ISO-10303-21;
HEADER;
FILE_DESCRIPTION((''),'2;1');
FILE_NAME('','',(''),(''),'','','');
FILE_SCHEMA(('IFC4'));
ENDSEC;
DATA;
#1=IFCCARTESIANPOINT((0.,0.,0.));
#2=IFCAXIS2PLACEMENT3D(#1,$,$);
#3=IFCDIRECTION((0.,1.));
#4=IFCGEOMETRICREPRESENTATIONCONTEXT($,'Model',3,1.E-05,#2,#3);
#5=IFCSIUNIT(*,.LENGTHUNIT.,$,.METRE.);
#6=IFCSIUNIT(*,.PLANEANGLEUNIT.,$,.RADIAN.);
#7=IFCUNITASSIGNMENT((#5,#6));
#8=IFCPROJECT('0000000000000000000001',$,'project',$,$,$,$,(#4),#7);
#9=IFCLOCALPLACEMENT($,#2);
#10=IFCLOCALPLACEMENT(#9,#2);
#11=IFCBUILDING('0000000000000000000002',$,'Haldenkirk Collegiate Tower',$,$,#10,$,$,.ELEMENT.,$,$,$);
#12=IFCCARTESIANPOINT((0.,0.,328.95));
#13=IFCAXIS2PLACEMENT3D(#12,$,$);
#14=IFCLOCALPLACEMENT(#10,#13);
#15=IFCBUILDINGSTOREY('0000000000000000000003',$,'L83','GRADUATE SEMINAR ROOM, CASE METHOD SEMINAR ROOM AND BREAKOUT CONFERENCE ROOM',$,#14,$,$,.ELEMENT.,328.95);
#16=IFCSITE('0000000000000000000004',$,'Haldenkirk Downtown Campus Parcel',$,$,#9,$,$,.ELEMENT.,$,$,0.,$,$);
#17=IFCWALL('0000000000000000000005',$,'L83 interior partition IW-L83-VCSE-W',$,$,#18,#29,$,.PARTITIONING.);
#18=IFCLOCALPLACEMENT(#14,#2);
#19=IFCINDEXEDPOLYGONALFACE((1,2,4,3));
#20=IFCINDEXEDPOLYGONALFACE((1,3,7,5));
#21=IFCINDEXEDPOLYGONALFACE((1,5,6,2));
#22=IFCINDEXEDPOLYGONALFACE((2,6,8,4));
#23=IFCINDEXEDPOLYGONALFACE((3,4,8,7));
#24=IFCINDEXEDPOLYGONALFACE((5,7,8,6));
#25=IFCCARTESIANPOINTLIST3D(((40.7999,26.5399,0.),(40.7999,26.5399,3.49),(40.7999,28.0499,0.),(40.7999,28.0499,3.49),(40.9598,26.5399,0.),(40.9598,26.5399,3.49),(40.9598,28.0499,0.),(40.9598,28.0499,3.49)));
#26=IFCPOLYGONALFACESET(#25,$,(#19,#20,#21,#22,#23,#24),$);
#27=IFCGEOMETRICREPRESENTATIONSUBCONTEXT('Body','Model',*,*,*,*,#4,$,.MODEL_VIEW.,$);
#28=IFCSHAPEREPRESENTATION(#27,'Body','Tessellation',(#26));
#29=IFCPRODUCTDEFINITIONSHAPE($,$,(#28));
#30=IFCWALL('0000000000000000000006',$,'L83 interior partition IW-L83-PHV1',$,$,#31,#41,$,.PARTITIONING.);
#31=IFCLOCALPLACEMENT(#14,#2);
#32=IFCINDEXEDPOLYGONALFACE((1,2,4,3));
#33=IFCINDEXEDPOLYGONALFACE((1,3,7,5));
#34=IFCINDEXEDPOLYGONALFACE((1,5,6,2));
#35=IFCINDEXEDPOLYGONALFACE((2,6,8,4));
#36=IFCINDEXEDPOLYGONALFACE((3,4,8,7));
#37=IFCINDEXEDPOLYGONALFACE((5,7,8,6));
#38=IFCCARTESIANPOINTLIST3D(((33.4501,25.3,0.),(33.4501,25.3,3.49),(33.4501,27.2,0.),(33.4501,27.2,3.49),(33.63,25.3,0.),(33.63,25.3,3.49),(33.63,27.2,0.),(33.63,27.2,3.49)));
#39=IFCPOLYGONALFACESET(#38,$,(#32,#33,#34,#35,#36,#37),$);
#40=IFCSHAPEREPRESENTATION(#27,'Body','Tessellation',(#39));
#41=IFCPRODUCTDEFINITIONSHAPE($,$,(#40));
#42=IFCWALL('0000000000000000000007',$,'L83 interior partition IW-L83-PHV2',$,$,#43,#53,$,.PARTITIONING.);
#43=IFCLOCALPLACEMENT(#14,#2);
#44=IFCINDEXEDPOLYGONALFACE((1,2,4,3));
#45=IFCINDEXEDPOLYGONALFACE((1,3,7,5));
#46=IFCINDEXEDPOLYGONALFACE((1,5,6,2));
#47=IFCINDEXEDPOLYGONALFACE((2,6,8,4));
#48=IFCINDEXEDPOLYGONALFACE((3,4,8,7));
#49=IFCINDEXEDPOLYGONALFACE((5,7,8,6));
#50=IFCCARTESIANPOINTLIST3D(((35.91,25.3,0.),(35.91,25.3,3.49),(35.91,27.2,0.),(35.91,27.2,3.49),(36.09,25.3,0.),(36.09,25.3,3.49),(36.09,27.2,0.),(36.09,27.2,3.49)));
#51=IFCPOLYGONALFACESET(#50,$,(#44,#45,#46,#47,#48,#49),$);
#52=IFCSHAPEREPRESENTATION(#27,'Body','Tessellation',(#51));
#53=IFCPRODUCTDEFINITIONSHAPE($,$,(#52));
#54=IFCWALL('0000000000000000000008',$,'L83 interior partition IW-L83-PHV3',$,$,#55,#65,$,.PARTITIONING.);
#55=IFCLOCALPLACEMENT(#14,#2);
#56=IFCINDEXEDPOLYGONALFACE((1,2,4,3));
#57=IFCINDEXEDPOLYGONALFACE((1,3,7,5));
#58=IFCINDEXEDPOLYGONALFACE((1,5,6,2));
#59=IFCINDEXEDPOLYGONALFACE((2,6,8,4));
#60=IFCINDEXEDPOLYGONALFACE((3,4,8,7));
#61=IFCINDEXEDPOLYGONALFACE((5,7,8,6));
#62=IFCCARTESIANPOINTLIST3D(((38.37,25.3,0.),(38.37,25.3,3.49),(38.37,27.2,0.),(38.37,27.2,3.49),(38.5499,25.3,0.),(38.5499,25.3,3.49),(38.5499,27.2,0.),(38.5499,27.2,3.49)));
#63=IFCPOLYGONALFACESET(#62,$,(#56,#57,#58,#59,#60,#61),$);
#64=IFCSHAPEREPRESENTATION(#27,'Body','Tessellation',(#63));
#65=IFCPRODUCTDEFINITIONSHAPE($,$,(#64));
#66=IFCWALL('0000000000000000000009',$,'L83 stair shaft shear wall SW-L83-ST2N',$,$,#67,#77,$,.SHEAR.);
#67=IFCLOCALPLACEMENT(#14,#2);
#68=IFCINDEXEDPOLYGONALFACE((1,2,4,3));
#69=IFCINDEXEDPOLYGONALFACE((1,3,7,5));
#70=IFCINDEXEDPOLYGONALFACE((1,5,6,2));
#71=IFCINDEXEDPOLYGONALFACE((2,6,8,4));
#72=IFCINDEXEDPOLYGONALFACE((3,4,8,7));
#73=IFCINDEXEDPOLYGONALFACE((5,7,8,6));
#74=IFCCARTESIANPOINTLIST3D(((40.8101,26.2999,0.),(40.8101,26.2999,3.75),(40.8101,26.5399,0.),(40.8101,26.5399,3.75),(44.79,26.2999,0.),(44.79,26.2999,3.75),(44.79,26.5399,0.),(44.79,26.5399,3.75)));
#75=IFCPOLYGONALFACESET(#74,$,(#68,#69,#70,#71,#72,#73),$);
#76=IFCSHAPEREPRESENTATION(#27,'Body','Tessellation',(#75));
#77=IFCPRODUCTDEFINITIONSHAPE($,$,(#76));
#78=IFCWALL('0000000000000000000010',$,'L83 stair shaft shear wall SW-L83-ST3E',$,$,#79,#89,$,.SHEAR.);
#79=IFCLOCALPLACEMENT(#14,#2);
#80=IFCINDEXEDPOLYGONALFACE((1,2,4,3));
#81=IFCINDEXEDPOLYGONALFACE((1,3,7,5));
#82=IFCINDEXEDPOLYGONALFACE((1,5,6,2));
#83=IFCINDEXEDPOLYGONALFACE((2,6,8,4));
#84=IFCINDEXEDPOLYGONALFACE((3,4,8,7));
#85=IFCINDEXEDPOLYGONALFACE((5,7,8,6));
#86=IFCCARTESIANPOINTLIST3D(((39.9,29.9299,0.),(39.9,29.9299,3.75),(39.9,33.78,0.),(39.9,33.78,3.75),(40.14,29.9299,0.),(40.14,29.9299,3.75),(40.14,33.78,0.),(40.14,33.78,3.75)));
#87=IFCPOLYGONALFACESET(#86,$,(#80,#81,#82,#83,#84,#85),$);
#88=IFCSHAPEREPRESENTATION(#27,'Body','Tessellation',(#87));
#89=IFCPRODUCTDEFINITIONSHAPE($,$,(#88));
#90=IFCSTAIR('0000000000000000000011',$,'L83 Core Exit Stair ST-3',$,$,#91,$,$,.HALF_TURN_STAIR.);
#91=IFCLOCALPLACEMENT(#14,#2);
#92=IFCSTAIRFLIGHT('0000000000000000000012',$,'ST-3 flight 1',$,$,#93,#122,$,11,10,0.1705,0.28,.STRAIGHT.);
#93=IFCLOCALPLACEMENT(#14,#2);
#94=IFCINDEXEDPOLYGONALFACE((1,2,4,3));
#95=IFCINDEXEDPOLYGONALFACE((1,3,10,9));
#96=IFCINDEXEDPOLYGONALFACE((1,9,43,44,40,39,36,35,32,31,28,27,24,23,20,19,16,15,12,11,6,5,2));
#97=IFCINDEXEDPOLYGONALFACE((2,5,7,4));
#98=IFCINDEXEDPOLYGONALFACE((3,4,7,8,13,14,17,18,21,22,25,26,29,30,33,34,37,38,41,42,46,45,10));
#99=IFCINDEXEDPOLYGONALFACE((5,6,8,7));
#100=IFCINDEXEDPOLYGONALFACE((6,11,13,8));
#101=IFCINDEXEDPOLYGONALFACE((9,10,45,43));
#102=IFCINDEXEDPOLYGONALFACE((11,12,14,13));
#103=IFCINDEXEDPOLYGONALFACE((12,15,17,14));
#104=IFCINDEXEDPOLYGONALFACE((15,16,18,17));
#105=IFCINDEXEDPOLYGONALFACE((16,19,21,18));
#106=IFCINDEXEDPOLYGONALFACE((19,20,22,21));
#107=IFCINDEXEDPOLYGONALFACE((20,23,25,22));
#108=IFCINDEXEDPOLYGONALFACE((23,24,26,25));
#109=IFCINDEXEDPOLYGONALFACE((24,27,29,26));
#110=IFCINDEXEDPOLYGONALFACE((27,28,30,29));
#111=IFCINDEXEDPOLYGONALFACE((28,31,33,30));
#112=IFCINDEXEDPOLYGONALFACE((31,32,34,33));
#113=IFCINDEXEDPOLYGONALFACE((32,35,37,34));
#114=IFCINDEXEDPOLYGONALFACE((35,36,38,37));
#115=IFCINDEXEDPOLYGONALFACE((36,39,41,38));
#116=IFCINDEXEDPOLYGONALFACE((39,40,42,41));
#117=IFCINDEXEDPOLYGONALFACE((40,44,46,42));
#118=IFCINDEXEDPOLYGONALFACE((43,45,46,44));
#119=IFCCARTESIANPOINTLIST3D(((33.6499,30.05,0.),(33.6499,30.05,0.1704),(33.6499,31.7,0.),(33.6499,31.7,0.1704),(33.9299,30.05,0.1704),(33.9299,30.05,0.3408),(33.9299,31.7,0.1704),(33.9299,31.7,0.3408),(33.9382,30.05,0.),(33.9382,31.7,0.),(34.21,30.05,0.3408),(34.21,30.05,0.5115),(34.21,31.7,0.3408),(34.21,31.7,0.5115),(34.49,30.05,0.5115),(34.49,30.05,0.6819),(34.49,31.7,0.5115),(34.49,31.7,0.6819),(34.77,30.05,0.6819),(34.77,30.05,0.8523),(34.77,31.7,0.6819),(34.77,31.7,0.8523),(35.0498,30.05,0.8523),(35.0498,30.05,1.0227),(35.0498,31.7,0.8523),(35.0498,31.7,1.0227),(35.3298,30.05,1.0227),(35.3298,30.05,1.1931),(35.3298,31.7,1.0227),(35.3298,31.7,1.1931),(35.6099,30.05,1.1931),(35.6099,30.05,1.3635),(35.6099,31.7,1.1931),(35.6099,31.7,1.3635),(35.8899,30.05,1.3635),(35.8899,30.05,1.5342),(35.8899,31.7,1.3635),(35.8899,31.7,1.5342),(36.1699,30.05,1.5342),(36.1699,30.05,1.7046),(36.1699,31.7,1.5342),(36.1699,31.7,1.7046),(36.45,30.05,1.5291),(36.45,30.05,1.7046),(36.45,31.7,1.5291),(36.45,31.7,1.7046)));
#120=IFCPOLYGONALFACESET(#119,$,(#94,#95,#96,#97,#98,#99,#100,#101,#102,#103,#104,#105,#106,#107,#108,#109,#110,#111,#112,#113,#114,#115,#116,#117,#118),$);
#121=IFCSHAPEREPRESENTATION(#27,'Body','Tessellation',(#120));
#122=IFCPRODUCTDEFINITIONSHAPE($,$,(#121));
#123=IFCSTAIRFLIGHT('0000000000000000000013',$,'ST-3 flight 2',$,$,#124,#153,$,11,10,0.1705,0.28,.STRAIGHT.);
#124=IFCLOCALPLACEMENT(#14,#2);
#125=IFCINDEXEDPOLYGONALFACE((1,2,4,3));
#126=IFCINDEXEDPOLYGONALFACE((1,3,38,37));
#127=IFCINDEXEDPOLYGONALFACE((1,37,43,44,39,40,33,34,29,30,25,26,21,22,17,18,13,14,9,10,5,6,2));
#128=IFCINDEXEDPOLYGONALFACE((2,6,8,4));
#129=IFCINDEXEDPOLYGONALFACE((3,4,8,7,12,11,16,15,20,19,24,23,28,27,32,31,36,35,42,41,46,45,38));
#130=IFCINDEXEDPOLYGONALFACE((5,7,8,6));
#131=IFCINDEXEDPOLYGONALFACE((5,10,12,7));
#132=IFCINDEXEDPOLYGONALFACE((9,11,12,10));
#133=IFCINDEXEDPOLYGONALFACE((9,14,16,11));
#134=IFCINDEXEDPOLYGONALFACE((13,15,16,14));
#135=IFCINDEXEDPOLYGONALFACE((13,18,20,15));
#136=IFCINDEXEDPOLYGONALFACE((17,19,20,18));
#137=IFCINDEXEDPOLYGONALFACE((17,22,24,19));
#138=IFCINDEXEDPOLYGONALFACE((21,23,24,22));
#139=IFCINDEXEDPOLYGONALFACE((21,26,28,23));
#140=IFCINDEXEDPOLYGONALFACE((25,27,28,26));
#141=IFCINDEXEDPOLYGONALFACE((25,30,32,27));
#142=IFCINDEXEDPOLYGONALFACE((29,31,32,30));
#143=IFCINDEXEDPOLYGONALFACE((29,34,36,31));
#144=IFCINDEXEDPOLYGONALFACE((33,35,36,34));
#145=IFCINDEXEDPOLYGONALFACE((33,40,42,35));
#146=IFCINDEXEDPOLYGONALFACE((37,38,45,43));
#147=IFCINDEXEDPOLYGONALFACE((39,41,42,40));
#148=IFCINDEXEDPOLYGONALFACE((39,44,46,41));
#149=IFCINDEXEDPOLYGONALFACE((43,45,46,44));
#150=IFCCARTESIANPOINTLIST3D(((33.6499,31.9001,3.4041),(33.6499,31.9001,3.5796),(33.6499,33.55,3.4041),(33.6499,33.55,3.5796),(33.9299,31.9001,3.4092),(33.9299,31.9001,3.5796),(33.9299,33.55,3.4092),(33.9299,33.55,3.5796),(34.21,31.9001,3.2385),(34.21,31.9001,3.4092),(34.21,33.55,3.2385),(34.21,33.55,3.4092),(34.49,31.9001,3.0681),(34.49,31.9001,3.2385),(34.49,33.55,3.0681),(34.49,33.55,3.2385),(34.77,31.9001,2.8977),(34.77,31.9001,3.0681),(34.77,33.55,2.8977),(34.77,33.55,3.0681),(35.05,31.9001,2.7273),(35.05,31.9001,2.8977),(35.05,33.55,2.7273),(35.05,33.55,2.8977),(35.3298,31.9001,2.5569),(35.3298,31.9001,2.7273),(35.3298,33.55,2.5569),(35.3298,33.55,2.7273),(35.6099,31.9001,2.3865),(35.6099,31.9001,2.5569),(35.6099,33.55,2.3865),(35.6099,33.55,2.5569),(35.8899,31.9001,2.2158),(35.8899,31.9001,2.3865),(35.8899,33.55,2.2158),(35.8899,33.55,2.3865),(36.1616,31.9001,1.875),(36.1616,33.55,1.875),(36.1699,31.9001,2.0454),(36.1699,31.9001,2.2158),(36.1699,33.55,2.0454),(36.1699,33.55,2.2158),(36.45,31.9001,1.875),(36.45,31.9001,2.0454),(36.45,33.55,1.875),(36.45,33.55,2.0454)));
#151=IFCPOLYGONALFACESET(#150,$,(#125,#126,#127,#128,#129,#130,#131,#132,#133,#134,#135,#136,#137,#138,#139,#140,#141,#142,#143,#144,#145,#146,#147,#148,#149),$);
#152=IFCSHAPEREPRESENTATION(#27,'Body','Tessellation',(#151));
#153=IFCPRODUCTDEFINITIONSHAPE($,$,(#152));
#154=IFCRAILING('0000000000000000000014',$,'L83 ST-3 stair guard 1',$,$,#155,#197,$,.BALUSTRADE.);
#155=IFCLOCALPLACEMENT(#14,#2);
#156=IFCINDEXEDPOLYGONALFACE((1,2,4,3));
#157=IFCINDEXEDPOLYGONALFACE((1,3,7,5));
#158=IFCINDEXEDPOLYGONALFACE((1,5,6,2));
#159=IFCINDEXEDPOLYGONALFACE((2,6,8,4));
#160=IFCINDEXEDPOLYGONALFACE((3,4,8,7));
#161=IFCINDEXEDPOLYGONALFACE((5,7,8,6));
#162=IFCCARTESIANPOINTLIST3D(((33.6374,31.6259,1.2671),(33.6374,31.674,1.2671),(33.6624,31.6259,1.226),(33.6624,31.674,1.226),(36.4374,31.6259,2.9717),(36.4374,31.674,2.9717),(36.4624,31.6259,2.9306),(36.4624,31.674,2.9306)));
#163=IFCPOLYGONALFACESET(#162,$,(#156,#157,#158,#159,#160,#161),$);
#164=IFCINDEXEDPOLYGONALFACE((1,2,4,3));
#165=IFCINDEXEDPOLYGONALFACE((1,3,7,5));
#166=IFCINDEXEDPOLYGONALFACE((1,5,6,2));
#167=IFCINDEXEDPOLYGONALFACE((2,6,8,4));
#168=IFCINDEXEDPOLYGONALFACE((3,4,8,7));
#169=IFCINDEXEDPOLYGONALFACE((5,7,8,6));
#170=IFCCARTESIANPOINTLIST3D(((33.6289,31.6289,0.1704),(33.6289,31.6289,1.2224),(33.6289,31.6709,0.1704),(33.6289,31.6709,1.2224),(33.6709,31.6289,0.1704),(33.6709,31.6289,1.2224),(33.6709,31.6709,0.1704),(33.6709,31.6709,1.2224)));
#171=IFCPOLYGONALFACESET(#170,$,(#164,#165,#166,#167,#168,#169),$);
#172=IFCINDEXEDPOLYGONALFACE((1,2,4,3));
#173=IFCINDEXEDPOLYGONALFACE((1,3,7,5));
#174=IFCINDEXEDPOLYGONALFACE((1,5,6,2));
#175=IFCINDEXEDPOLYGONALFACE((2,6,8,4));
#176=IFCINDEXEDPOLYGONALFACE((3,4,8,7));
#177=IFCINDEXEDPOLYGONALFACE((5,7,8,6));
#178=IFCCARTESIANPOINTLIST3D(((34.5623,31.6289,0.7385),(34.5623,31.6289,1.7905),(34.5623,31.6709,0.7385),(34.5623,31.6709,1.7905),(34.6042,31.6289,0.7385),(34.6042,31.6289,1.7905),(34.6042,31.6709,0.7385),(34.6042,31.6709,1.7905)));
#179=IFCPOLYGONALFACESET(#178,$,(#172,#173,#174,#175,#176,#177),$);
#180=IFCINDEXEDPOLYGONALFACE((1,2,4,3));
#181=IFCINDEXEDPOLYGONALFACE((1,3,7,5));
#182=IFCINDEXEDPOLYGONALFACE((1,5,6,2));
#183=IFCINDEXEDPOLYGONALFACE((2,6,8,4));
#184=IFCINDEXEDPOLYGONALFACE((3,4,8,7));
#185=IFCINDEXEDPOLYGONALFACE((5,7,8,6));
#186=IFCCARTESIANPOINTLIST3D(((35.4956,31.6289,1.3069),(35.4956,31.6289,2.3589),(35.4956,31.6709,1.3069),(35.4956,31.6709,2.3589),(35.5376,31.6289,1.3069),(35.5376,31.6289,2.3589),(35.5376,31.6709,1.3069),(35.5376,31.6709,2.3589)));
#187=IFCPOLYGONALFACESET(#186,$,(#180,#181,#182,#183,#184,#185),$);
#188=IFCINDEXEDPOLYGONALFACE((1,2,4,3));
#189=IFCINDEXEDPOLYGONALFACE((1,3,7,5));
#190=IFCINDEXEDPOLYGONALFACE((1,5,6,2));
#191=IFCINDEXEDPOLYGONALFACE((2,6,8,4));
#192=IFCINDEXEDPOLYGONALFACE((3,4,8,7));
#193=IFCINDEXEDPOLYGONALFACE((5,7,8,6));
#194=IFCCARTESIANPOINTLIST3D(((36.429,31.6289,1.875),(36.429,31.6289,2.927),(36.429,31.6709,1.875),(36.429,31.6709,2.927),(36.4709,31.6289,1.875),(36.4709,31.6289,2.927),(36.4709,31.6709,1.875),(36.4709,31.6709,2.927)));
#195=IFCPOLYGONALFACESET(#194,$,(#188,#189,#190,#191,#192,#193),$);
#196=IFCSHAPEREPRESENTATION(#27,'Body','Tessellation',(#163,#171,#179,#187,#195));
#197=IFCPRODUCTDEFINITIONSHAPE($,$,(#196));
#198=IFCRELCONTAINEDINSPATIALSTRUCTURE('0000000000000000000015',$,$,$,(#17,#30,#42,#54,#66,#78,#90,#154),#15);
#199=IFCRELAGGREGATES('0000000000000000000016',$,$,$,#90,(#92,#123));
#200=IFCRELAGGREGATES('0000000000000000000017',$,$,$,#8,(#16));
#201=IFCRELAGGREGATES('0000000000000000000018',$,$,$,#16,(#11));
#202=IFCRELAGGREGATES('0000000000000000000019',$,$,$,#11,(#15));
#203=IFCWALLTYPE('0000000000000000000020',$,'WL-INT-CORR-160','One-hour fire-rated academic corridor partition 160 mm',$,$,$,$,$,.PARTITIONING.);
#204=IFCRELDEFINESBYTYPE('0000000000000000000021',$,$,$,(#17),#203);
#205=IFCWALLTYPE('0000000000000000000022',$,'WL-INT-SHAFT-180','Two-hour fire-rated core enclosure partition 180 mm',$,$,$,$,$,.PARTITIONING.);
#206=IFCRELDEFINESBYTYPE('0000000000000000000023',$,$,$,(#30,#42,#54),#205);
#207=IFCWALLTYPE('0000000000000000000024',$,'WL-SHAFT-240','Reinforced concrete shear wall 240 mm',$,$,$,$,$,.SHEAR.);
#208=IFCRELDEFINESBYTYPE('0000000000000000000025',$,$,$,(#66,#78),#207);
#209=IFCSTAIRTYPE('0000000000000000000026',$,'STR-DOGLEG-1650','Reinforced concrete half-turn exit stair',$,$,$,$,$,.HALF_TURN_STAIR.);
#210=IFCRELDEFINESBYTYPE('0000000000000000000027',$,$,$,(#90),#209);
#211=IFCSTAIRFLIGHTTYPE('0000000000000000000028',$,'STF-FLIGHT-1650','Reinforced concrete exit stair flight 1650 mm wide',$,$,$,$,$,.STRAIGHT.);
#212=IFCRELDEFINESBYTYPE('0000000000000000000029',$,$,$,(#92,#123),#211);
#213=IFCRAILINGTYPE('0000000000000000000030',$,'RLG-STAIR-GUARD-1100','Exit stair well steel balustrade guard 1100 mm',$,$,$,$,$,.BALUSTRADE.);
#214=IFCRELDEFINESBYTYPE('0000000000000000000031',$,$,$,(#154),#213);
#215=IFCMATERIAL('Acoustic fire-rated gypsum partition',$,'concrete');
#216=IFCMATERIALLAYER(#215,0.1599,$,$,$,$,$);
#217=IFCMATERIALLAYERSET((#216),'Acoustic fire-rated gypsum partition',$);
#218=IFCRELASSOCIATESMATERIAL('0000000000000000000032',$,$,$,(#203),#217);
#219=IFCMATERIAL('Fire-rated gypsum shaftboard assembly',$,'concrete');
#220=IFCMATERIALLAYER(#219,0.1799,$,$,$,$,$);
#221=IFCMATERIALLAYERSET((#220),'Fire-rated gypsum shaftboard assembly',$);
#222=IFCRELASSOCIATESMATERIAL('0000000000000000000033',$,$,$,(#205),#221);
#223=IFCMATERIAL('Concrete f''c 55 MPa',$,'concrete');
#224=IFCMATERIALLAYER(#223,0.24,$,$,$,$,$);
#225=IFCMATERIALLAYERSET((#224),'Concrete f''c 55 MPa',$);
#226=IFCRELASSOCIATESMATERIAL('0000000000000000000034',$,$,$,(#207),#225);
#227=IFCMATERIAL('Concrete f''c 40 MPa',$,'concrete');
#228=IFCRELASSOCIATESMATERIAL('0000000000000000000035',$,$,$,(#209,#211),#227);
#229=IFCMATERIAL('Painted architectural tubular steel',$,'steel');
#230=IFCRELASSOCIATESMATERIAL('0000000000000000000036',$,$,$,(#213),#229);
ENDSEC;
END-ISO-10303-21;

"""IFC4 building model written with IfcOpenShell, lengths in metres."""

from ifc_helpers import new_model, si_unit, direction, frame, frame_2d, origin, origin_2d, place, context, subcontext, project, spatial, polyline, rectangle, outline, extrude, material, layer, layer_set, type_object, element, aggregate, save


model = new_model("IFC4")

# Units and contexts
model_context = context("Model", 3, precision=1e-05, world=origin(), true_north=direction((0.0, 1.0)))
body_context = subcontext(model_context, "Body", "Model", "MODEL_VIEW")
ifc_project = project(units=[si_unit("LENGTHUNIT", "METRE"), si_unit("PLANEANGLEUNIT", "RADIAN")], contexts=[model_context])

# Site, building, storey
site_placement = place(None, origin())
site = spatial("IfcSite", under=ifc_project, at=site_placement, Name="Haldenkirk Downtown Campus Parcel", CompositionType="ELEMENT", RefElevation=0.0)
building_placement = place(site_placement, origin())
building = spatial("IfcBuilding", under=site, at=building_placement, Name="Haldenkirk Collegiate Tower", CompositionType="ELEMENT")
storey_placement = place(building_placement, frame((0.0, 0.0, 328.95)))
storey = spatial("IfcBuildingStorey", under=building, at=storey_placement, Name="L83", Description="GRADUATE SEMINAR ROOM, CASE METHOD SEMINAR ROOM AND BREAKOUT CONFERENCE ROOM", CompositionType="ELEMENT", Elevation=328.95)

# Shared definitions
ifc_material_1 = material(Name="Acoustic fire-rated gypsum partition", Category="concrete")
ifc_layer_1 = layer(ifc_material_1, 0.1599)
ifc_layer_set_1 = layer_set([ifc_layer_1], Name="Acoustic fire-rated gypsum partition")
wall_type_1 = type_object("IfcWallType", Name="WL-INT-CORR-160", Description="One-hour fire-rated academic corridor partition 160 mm", PredefinedType="PARTITIONING", material=ifc_layer_set_1)

# Wall
wall_1_placement = place(storey_placement, frame((40.8799, 26.54, 0.0), z_axis=(0.0, 0.0, 1.0), x_axis=(0.0, 1.0, 0.0)))
element("IfcWall", 1, at=wall_1_placement, inside=storey, type_object=wall_type_1, Name="L83 interior partition IW-L83-VCSE-W", PredefinedType="PARTITIONING", context=body_context, shape_type="SweptSolid", body=[
    extrude(rectangle(XDim=1.51, YDim=0.1599, at=frame_2d((0.7549, 0.0))), origin(), (0.0, 0.0, 1.0), 3.49),
])

# Walls
ifc_material_2 = material(Name="Fire-rated gypsum shaftboard assembly", Category="concrete")
ifc_layer_2 = layer(ifc_material_2, 0.1799)
ifc_layer_set_2 = layer_set([ifc_layer_2], Name="Fire-rated gypsum shaftboard assembly")
wall_type_2 = type_object("IfcWallType", Name="WL-INT-SHAFT-180", Description="Two-hour fire-rated core enclosure partition 180 mm", PredefinedType="PARTITIONING", material=ifc_layer_set_2)
for number, where, z_axis, x_axis, name in (
    (2, (33.54, 25.3, 0.0), (0.0, 0.0, 1.0), (0.0, 1.0, 0.0), "L83 interior partition IW-L83-PHV1"),
    (3, (36.0, 25.3, 0.0), (0.0, 0.0, 1.0), (0.0, 1.0, 0.0), "L83 interior partition IW-L83-PHV2"),
    (4, (38.46, 25.3, 0.0), (0.0, 0.0, 1.0), (0.0, 1.0, 0.0), "L83 interior partition IW-L83-PHV3"),
):
    element("IfcWall", number, at=place(storey_placement, frame(where, z_axis=z_axis, x_axis=x_axis)), inside=storey, type_object=wall_type_2, Name=name, PredefinedType="PARTITIONING", context=body_context, shape_type="SweptSolid", body=[
        extrude(rectangle(XDim=1.8999, YDim=0.1799, at=frame_2d((0.95, 0.0))), origin(), (0.0, 0.0, 1.0), 3.49),
    ])
ifc_material_3 = material(Name="Concrete f'c 55 MPa", Category="concrete")
ifc_layer_3 = layer(ifc_material_3, 0.24)
ifc_layer_set_3 = layer_set([ifc_layer_3], Name="Concrete f'c 55 MPa")
wall_type_3 = type_object("IfcWallType", Name="WL-SHAFT-240", Description="Reinforced concrete shear wall 240 mm", PredefinedType="SHEAR", material=ifc_layer_set_3)
wall_2_placement = place(storey_placement, frame((40.8101, 26.4199, 0.0), z_axis=(0.0, 0.0, 1.0), x_axis=(1.0, 0.0, 0.0)))
element("IfcWall", 5, at=wall_2_placement, inside=storey, type_object=wall_type_3, Name="L83 stair shaft shear wall SW-L83-ST2N", PredefinedType="SHEAR", context=body_context, shape_type="SweptSolid", body=[
    extrude(rectangle(XDim=3.98, YDim=0.24, at=frame_2d((1.99, 0.0))), origin(), (0.0, 0.0, 1.0), 3.75),
])
wall_3_placement = place(storey_placement, frame((40.02, 29.9299, 0.0), z_axis=(0.0, 0.0, 1.0), x_axis=(0.0, 1.0, 0.0)))
element("IfcWall", 6, at=wall_3_placement, inside=storey, type_object=wall_type_3, Name="L83 stair shaft shear wall SW-L83-ST3E", PredefinedType="SHEAR", context=body_context, shape_type="SweptSolid", body=[
    extrude(rectangle(XDim=3.8501, YDim=0.24, at=frame_2d((1.925, 0.0))), origin(), (0.0, 0.0, 1.0), 3.75),
])

# Stair, stair flights
ifc_material_4 = material(Name="Concrete f'c 40 MPa", Category="concrete")
stair_type = type_object("IfcStairType", Name="STR-DOGLEG-1650", Description="Reinforced concrete half-turn exit stair", PredefinedType="HALF_TURN_STAIR", material=ifc_material_4)
stair_placement = place(storey_placement, origin())
stair = element("IfcStair", 7, at=stair_placement, inside=storey, type_object=stair_type, Name="L83 Core Exit Stair ST-3", PredefinedType="HALF_TURN_STAIR")
stair_flight_type = type_object("IfcStairFlightType", Name="STF-FLIGHT-1650", Description="Reinforced concrete exit stair flight 1650 mm wide", PredefinedType="STRAIGHT", material=ifc_material_4)
stair_flight_1_placement = place(storey_placement, frame((33.6499, 30.875, 0.0), z_axis=(0.0, 0.0, 1.0), x_axis=(1.0, 0.0, 0.0)))
stair_flight_1 = element("IfcStairFlight", 8, at=stair_flight_1_placement, type_object=stair_flight_type, Name="ST-3 flight 1", NumberOfRisers=11, NumberOfTreads=10, PredefinedType="STRAIGHT", RiserHeight=0.1705, TreadLength=0.28, context=body_context, shape_type="SweptSolid", body=[
    extrude(outline(polyline([(0.0, 0.0), (0.0, 0.1704), (0.28, 0.1704), (0.28, 0.3408), (0.5601, 0.3408), (0.5601, 0.5115), (0.8401, 0.5115), (0.8401, 0.6819), (1.1201, 0.6819), (1.1201, 0.8523), (1.3999, 0.8523), (1.3999, 1.0227), (1.6799, 1.0227), (1.6799, 1.1931), (1.96, 1.1931), (1.96, 1.3635), (2.24, 1.3635), (2.24, 1.5342), (2.52, 1.5342), (2.52, 1.7046), (2.8, 1.7046), (2.8, 1.875), (2.8, 1.5291), (0.2883, 0.0), (0.0, 0.0)])), frame((0.0, 0.825, 0.0), z_axis=(0.0, -1.0, 0.0), x_axis=(1.0, 0.0, 0.0)), (0.0, 0.0, 1.0), 1.6499),
])
stair_flight_2_placement = place(storey_placement, frame((36.45, 32.7251, 1.875), z_axis=(0.0, 0.0, 1.0), x_axis=(-1.0, 0.0, 0.0)))
stair_flight_2 = element("IfcStairFlight", 9, at=stair_flight_2_placement, type_object=stair_flight_type, Name="ST-3 flight 2", NumberOfRisers=11, NumberOfTreads=10, PredefinedType="STRAIGHT", RiserHeight=0.1705, TreadLength=0.28, context=body_context, shape_type="SweptSolid", body=[
    extrude(outline(polyline([(0.0, 0.0), (0.0, 0.1704), (0.28, 0.1704), (0.28, 0.3408), (0.5601, 0.3408), (0.5601, 0.5115), (0.8401, 0.5115), (0.8401, 0.6819), (1.1201, 0.6819), (1.1201, 0.8523), (1.3999, 0.8523), (1.3999, 1.0227), (1.6799, 1.0227), (1.6799, 1.1931), (1.96, 1.1931), (1.96, 1.3635), (2.24, 1.3635), (2.24, 1.5342), (2.52, 1.5342), (2.52, 1.7046), (2.8, 1.7046), (2.8, 1.875), (2.8, 1.5291), (0.2883, 0.0), (0.0, 0.0)])), frame((0.0, 0.825, 0.0), z_axis=(0.0, -1.0, 0.0), x_axis=(1.0, 0.0, 0.0)), (0.0, 0.0, 1.0), 1.6499),
])
aggregate(stair, [stair_flight_1, stair_flight_2])

# Railing
ifc_material_5 = material(Name="Painted architectural tubular steel", Category="steel")
railing_type_1 = type_object("IfcRailingType", Name="RLG-STAIR-GUARD-1100", Description="Exit stair well steel balustrade guard 1100 mm", PredefinedType="BALUSTRADE", material=ifc_material_5)
railing_1_placement = place(storey_placement, frame((33.6499, 31.6499, 0.1704)))
element("IfcRailing", 10, at=railing_1_placement, inside=storey, type_object=railing_type_1, Name="L83 ST-3 stair guard 1", PredefinedType="BALUSTRADE", context=body_context, shape_type="SweptSolid", body=[
    extrude(rectangle(XDim=0.0481, YDim=0.0481, at=origin_2d()), frame((0.0, 0.0, 1.0762), z_axis=(0.85417, 0.0, 0.519994), x_axis=(0.0, 1.0, 0.0)), (0.0, 0.0, 1.0), 3.2781),
    extrude(rectangle(XDim=0.042, YDim=0.042, at=origin_2d()), origin(), (0.0, 0.0, 1.0), 1.052),
    extrude(rectangle(XDim=0.042, YDim=0.042, at=origin_2d()), frame((0.9333, 0.0, 0.5681)), (0.0, 0.0, 1.0), 1.052),
    extrude(rectangle(XDim=0.042, YDim=0.042, at=origin_2d()), frame((1.8667, 0.0, 1.1365)), (0.0, 0.0, 1.0), 1.052),
    extrude(rectangle(XDim=0.042, YDim=0.042, at=origin_2d()), frame((2.8, 0.0, 1.7046)), (0.0, 0.0, 1.0), 1.052),
])

save(model, "model.ifc")
